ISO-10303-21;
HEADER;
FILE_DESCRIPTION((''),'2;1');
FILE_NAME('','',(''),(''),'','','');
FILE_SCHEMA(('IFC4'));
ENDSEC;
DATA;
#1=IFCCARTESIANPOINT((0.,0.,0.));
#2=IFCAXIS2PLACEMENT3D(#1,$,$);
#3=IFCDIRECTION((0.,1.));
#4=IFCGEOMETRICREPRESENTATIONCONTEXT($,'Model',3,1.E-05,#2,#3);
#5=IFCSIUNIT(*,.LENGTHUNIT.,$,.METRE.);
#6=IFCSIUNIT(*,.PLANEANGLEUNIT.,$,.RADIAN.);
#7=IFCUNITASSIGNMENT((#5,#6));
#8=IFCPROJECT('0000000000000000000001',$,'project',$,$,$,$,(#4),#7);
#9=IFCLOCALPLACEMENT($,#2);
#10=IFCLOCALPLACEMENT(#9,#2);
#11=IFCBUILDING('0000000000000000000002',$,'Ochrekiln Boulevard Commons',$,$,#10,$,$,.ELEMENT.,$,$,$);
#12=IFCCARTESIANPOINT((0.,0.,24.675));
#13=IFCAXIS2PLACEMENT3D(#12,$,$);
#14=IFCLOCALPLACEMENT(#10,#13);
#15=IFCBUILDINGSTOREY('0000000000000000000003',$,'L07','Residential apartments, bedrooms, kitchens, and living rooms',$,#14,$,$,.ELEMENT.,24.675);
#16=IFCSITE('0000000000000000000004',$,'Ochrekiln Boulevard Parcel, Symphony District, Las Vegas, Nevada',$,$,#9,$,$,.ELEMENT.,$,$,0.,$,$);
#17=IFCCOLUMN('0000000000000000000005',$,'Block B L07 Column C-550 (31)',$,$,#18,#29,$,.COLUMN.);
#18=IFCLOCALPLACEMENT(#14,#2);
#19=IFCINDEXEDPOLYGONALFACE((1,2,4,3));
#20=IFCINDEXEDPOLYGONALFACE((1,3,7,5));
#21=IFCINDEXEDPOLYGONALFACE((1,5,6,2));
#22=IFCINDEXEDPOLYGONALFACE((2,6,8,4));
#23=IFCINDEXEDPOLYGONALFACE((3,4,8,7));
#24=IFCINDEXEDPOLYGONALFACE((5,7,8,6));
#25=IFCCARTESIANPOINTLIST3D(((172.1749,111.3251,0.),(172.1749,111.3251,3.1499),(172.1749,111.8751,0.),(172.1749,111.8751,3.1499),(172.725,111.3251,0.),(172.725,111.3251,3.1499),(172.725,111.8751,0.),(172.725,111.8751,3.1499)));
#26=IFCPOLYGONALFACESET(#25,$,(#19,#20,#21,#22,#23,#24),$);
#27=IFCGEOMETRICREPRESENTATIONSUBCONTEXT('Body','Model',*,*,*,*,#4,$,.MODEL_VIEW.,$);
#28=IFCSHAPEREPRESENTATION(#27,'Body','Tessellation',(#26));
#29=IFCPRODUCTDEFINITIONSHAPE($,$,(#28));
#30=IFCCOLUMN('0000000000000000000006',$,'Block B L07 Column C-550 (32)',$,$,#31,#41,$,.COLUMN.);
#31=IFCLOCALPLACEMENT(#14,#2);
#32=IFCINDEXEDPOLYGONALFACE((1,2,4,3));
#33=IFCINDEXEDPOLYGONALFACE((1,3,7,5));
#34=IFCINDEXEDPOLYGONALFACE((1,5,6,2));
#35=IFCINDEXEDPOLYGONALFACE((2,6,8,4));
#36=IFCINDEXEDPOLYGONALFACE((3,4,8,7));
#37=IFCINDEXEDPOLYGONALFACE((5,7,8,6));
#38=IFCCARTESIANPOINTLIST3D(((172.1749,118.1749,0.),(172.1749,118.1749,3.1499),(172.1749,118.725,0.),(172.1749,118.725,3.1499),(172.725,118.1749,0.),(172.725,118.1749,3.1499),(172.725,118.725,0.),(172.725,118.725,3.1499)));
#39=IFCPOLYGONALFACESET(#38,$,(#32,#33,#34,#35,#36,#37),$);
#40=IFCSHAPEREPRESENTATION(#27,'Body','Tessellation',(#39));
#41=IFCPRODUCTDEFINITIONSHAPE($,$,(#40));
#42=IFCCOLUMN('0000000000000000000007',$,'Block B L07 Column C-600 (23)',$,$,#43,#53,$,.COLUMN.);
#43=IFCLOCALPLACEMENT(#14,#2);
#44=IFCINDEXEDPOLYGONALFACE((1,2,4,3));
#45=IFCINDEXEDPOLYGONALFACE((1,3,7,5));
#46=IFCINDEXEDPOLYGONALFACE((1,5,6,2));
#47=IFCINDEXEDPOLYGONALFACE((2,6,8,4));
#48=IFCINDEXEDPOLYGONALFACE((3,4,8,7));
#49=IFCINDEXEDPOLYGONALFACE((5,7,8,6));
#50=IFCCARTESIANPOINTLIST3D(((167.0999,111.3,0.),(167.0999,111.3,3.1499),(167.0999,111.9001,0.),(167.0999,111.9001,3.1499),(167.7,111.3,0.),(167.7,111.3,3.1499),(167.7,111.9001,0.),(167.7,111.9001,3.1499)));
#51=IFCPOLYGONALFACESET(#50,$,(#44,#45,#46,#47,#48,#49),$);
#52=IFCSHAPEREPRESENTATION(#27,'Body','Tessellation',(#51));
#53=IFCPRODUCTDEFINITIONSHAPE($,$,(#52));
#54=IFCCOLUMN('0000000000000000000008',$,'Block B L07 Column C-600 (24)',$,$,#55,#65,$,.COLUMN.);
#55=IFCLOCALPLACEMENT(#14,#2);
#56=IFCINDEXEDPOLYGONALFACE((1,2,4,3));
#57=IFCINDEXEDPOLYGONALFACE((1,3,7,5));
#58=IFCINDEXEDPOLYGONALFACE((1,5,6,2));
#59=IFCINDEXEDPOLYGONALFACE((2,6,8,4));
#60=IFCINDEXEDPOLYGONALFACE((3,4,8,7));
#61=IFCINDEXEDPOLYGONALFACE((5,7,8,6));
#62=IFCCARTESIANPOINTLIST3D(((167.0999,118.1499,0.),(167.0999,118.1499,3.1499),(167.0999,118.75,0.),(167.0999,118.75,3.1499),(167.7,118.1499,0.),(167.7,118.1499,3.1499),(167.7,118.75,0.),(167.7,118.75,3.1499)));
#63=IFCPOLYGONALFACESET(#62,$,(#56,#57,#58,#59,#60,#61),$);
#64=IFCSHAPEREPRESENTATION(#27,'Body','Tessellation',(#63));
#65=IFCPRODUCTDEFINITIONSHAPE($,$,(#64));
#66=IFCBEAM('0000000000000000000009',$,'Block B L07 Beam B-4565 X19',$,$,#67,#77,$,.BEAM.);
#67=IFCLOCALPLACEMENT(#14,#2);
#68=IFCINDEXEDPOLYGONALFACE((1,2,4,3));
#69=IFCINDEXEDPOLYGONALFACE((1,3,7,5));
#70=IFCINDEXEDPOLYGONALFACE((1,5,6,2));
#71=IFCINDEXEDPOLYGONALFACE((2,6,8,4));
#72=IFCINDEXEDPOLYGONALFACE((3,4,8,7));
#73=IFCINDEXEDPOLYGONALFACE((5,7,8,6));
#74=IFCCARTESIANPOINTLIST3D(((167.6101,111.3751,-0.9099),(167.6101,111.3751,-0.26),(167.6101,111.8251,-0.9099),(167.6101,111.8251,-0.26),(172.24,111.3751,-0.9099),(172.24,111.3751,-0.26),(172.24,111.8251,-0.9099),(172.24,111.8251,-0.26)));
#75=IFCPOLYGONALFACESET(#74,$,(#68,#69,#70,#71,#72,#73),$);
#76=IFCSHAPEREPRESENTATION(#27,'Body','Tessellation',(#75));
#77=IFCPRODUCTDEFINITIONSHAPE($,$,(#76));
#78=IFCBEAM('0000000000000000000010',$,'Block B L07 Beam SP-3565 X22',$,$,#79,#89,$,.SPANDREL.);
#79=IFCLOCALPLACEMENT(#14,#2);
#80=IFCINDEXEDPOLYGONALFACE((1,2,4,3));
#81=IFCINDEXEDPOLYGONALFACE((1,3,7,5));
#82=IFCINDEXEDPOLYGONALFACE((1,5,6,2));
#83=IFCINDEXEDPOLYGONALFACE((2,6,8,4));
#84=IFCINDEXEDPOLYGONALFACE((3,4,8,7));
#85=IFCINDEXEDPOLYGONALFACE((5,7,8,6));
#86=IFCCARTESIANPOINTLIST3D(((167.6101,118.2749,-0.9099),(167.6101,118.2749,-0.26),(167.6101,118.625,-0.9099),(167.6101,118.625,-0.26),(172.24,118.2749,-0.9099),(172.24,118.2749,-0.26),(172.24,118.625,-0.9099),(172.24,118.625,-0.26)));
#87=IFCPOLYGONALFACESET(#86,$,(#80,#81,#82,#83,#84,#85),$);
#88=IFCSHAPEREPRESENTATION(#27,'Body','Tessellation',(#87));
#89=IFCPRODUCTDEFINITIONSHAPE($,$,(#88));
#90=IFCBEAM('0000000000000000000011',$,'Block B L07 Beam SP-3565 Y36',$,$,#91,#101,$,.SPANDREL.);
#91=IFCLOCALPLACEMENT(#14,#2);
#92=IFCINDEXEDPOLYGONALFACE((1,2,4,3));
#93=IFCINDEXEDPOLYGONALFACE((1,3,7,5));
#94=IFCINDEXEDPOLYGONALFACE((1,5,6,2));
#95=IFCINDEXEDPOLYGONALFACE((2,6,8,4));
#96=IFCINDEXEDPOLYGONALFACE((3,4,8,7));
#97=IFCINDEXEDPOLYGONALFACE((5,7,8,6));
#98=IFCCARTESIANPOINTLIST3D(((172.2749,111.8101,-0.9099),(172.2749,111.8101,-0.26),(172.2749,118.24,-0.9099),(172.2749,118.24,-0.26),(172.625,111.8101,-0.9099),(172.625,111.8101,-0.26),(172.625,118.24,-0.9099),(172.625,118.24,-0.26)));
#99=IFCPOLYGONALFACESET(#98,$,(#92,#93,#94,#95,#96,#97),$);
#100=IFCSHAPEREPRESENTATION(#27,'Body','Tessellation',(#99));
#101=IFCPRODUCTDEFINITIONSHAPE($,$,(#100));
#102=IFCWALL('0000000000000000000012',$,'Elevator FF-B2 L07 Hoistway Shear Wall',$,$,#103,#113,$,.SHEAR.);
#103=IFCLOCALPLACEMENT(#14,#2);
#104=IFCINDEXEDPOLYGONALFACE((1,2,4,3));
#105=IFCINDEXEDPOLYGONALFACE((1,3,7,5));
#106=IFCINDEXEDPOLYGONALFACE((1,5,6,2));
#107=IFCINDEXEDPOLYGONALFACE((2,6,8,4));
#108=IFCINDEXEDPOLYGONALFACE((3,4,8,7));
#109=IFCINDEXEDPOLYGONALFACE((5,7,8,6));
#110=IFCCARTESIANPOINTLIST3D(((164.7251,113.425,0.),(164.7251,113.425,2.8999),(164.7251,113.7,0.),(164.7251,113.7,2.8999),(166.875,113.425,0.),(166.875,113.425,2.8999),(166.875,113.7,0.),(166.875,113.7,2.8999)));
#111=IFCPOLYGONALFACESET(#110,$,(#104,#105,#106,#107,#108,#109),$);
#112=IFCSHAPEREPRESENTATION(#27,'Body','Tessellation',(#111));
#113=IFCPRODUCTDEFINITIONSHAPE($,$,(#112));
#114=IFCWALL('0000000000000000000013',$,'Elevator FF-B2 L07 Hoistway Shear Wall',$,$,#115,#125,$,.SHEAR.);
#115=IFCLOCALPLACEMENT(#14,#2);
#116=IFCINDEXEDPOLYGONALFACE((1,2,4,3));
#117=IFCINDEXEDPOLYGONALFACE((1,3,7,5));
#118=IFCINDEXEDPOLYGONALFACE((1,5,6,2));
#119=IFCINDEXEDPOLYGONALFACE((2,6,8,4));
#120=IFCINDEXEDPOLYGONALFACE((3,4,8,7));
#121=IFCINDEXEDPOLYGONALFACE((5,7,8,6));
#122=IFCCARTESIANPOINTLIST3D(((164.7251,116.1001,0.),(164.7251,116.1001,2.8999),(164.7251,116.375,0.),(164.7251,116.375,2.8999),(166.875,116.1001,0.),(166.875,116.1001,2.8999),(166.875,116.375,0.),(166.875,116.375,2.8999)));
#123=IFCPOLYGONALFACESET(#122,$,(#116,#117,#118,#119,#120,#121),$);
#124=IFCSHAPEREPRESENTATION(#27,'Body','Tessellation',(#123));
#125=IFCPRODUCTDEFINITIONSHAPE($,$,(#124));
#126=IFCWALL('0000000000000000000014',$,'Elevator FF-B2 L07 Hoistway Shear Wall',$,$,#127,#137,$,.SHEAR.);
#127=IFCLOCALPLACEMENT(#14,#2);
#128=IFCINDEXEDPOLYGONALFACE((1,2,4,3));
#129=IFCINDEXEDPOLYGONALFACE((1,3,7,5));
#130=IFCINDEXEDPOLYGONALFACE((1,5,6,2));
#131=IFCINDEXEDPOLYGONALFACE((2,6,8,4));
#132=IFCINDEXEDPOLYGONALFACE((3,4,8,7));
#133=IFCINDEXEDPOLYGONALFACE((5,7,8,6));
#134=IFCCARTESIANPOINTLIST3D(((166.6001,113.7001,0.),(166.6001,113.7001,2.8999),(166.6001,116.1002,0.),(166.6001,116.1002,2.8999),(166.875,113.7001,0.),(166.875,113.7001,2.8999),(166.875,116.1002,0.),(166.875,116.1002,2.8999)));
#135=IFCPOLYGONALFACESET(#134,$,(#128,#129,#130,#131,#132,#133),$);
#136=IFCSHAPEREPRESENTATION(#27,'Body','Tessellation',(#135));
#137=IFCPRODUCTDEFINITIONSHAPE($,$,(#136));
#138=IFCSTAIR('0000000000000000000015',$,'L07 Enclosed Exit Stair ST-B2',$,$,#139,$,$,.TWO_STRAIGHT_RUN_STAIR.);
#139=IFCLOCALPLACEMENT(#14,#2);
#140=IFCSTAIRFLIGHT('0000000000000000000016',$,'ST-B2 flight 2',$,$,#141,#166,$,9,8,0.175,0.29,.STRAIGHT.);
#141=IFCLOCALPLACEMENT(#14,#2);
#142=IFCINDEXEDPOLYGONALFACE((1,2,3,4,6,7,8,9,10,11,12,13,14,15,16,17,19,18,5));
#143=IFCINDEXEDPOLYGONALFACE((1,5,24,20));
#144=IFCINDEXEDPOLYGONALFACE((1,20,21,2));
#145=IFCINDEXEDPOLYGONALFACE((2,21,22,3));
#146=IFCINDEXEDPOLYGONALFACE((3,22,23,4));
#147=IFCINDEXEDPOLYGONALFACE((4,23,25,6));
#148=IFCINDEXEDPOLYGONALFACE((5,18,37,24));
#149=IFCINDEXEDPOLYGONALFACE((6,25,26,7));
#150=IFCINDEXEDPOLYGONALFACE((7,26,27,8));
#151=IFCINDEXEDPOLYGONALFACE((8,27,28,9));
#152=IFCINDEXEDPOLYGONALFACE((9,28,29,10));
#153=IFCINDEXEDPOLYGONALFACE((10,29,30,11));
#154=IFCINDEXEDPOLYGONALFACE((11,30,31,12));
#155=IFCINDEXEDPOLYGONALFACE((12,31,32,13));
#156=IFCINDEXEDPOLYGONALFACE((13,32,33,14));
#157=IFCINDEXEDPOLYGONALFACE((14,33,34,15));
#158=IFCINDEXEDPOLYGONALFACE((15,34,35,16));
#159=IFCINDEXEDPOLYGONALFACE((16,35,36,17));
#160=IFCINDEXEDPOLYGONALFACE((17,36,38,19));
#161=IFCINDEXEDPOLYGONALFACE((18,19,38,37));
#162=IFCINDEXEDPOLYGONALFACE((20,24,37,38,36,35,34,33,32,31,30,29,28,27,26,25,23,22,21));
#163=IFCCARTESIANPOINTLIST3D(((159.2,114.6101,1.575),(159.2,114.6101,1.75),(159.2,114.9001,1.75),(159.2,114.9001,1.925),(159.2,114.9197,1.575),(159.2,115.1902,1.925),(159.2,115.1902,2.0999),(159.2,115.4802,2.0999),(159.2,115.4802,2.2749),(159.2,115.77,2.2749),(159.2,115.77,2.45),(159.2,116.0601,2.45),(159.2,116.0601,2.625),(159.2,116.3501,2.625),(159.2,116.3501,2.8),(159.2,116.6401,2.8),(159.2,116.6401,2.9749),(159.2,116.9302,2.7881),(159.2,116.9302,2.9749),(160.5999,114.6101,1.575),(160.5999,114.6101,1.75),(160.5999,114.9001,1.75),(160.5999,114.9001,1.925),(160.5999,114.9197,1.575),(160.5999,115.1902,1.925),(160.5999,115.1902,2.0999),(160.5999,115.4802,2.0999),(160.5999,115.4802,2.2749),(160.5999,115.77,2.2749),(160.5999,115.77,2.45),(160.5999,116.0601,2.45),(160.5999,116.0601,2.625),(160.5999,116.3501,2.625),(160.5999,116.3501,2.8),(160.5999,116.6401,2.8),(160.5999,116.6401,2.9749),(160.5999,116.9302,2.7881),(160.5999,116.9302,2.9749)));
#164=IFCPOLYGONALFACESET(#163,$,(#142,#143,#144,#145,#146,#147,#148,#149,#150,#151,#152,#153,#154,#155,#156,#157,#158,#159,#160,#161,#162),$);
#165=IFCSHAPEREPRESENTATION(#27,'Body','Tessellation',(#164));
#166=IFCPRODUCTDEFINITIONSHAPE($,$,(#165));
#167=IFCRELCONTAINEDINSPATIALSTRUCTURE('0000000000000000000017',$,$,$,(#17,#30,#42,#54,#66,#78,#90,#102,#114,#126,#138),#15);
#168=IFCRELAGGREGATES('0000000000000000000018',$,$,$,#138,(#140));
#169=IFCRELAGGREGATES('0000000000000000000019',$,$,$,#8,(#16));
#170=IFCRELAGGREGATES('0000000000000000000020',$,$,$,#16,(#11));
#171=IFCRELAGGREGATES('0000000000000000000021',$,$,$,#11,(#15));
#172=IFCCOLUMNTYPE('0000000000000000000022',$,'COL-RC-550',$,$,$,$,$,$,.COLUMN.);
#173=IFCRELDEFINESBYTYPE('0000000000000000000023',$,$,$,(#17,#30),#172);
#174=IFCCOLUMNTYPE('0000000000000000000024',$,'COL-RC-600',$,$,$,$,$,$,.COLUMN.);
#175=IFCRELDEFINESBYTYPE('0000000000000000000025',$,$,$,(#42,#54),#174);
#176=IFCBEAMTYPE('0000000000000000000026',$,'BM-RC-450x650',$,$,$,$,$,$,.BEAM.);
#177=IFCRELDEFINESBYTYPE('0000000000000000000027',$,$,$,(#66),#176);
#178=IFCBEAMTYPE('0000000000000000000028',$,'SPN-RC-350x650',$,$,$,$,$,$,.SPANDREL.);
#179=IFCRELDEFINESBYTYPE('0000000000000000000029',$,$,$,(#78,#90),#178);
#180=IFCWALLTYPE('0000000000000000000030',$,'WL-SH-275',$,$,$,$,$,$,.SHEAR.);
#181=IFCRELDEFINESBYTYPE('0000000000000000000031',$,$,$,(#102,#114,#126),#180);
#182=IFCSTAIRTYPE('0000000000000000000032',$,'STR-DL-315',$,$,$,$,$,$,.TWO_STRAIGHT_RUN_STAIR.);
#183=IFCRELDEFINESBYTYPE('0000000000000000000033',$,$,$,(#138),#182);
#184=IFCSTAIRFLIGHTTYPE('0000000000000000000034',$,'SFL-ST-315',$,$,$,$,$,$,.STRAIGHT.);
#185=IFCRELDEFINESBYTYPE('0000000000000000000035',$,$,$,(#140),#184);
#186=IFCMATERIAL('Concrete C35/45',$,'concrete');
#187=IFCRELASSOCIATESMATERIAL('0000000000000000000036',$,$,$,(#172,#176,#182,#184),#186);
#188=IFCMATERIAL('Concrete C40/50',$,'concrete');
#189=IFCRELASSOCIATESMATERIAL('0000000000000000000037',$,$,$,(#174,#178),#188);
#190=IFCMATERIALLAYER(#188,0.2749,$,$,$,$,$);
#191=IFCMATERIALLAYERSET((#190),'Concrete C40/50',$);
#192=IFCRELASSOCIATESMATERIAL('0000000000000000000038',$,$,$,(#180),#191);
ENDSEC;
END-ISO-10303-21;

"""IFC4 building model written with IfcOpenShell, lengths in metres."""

from ifc_helpers import new_model, si_unit, direction, frame, frame_2d, origin, origin_2d, place, context, subcontext, project, spatial, polyline, rectangle, outline, extrude, material, layer, layer_set, material_profile, profile_set, type_object, element, aggregate, save


model = new_model("IFC4")

# Units and contexts
model_context = context("Model", 3, precision=1e-05, world=origin(), true_north=direction((0.0, 1.0)))
body_context = subcontext(model_context, "Body", "Model", "MODEL_VIEW")
ifc_project = project(units=[si_unit("LENGTHUNIT", "METRE"), si_unit("PLANEANGLEUNIT", "RADIAN")], contexts=[model_context])

# Site, building, storey
site_placement = place(None, origin())
site = spatial("IfcSite", under=ifc_project, at=site_placement, Name="Ochrekiln Boulevard Parcel, Symphony District, Las Vegas, Nevada", CompositionType="ELEMENT", RefElevation=0.0)
building_placement = place(site_placement, origin())
building = spatial("IfcBuilding", under=site, at=building_placement, Name="Ochrekiln Boulevard Commons", CompositionType="ELEMENT")
storey_placement = place(building_placement, frame((0.0, 0.0, 24.675)))
storey = spatial("IfcBuildingStorey", under=building, at=storey_placement, Name="L07", Description="Residential apartments, bedrooms, kitchens, and living rooms", CompositionType="ELEMENT", Elevation=24.675)

# Columns
ifc_material_1 = material(Name="Concrete C35/45", Category="concrete")
ifc_material_profile_1 = material_profile(ifc_material_1, rectangle(XDim=0.55, YDim=0.55, at=origin_2d()), Name="RC-COL-550x550")
ifc_profile_set_1 = profile_set([ifc_material_profile_1], Name="Concrete C35/45")
column_type_1 = type_object("IfcColumnType", Name="COL-RC-550", PredefinedType="COLUMN", material=ifc_profile_set_1)
for number, where, z_axis, x_axis, name in (
    (1, (172.45, 111.6001, 0.0), (0.0, 0.0, 1.0), (1.0, 0.0, 0.0), "Block B L07 Column C-550 (31)"),
    (2, (172.45, 118.45, 0.0), (0.0, 0.0, 1.0), (1.0, 0.0, 0.0), "Block B L07 Column C-550 (32)"),
):
    element("IfcColumn", number, at=place(storey_placement, frame(where, z_axis=z_axis, x_axis=x_axis)), inside=storey, type_object=column_type_1, Name=name, PredefinedType="COLUMN", context=body_context, shape_type="SweptSolid", body=[
        extrude(rectangle(XDim=0.55, YDim=0.55, at=origin_2d()), origin(), (0.0, 0.0, 1.0), 3.1499),
    ])
ifc_material_2 = material(Name="Concrete C40/50", Category="concrete")
ifc_material_profile_2 = material_profile(ifc_material_2, rectangle(XDim=0.6001, YDim=0.6001, at=origin_2d()), Name="RC-COL-600x600")
ifc_profile_set_2 = profile_set([ifc_material_profile_2], Name="Concrete C40/50")
column_type_2 = type_object("IfcColumnType", Name="COL-RC-600", PredefinedType="COLUMN", material=ifc_profile_set_2)
for number, where, z_axis, x_axis, name in (
    (3, (167.3999, 111.6001, 0.0), (0.0, 0.0, 1.0), (1.0, 0.0, 0.0), "Block B L07 Column C-600 (23)"),
    (4, (167.3999, 118.45, 0.0), (0.0, 0.0, 1.0), (1.0, 0.0, 0.0), "Block B L07 Column C-600 (24)"),
):
    element("IfcColumn", number, at=place(storey_placement, frame(where, z_axis=z_axis, x_axis=x_axis)), inside=storey, type_object=column_type_2, Name=name, PredefinedType="COLUMN", context=body_context, shape_type="SweptSolid", body=[
        extrude(rectangle(XDim=0.6001, YDim=0.6001, at=origin_2d()), origin(), (0.0, 0.0, 1.0), 3.1499),
    ])

# Beams
ifc_material_profile_3 = material_profile(ifc_material_1, rectangle(XDim=0.45, YDim=0.6499, at=origin_2d()), Name="RC-BM-450x650")
ifc_profile_set_3 = profile_set([ifc_material_profile_3], Name="Concrete C35/45")
beam_type_1 = type_object("IfcBeamType", Name="BM-RC-450x650", PredefinedType="BEAM", material=ifc_profile_set_3)
beam_1_placement = place(storey_placement, frame((167.6101, 111.6001, -0.585), z_axis=(1.0, 0.0, 0.0), x_axis=(0.0, 1.0, 0.0)))
element("IfcBeam", 5, at=beam_1_placement, inside=storey, type_object=beam_type_1, Name="Block B L07 Beam B-4565 X19", PredefinedType="BEAM", context=body_context, shape_type="SweptSolid", body=[
    extrude(rectangle(XDim=0.45, YDim=0.6499, at=origin_2d()), origin(), (0.0, 0.0, 1.0), 4.6299),
])
ifc_material_profile_4 = material_profile(ifc_material_2, rectangle(XDim=0.3501, YDim=0.6499, at=origin_2d()), Name="RC-SPN-350x650")
ifc_profile_set_4 = profile_set([ifc_material_profile_4], Name="Concrete C40/50")
beam_type_2 = type_object("IfcBeamType", Name="SPN-RC-350x650", PredefinedType="SPANDREL", material=ifc_profile_set_4)
beam_2_placement = place(storey_placement, frame((167.6101, 118.45, -0.585), z_axis=(1.0, 0.0, 0.0), x_axis=(0.0, 1.0, 0.0)))
element("IfcBeam", 6, at=beam_2_placement, inside=storey, type_object=beam_type_2, Name="Block B L07 Beam SP-3565 X22", PredefinedType="SPANDREL", context=body_context, shape_type="SweptSolid", body=[
    extrude(rectangle(XDim=0.3501, YDim=0.6499, at=origin_2d()), origin(), (0.0, 0.0, 1.0), 4.6299),
])
beam_3_placement = place(storey_placement, frame((172.45, 111.8101, -0.585), z_axis=(0.0, 1.0, 0.0), x_axis=(-1.0, 0.0, 0.0)))
element("IfcBeam", 7, at=beam_3_placement, inside=storey, type_object=beam_type_2, Name="Block B L07 Beam SP-3565 Y36", PredefinedType="SPANDREL", context=body_context, shape_type="SweptSolid", body=[
    extrude(rectangle(XDim=0.3501, YDim=0.6499, at=origin_2d()), origin(), (0.0, 0.0, 1.0), 6.4299),
])

# Walls
ifc_layer_1 = layer(ifc_material_2, 0.2749)
ifc_layer_set_1 = layer_set([ifc_layer_1], Name="Concrete C40/50")
wall_type_1 = type_object("IfcWallType", Name="WL-SH-275", PredefinedType="SHEAR", material=ifc_layer_set_1)
for number, where, z_axis, x_axis, name in (
    (8, (164.7251, 113.5625, 0.0), (0.0, 0.0, 1.0), (1.0, 0.0, 0.0), "Elevator FF-B2 L07 Hoistway Shear Wall"),
    (9, (164.7251, 116.2375, 0.0), (0.0, 0.0, 1.0), (1.0, 0.0, 0.0), "Elevator FF-B2 L07 Hoistway Shear Wall"),
):
    element("IfcWall", number, at=place(storey_placement, frame(where, z_axis=z_axis, x_axis=x_axis)), inside=storey, type_object=wall_type_1, Name=name, PredefinedType="SHEAR", context=body_context, shape_type="SweptSolid", body=[
        extrude(rectangle(XDim=2.1499, YDim=0.2749, at=frame_2d((1.075, 0.0))), origin(), (0.0, 0.0, 1.0), 2.8999),
    ])

# Wall
wall_1_placement = place(storey_placement, frame((166.7375, 113.7, 0.0), z_axis=(0.0, 0.0, 1.0), x_axis=(0.0, 1.0, 0.0)))
element("IfcWall", 10, at=wall_1_placement, inside=storey, type_object=wall_type_1, Name="Elevator FF-B2 L07 Hoistway Shear Wall", PredefinedType="SHEAR", context=body_context, shape_type="SweptSolid", body=[
    extrude(rectangle(XDim=2.4001, YDim=0.2749, at=frame_2d((1.2002, 0.0))), origin(), (0.0, 0.0, 1.0), 2.8999),
])

# Stair, stair flight
stair_type = type_object("IfcStairType", Name="STR-DL-315", PredefinedType="TWO_STRAIGHT_RUN_STAIR", material=ifc_material_1)
stair_placement = place(storey_placement, origin())
stair = element("IfcStair", 11, at=stair_placement, inside=storey, type_object=stair_type, Name="L07 Enclosed Exit Stair ST-B2", PredefinedType="TWO_STRAIGHT_RUN_STAIR")
stair_flight_type = type_object("IfcStairFlightType", Name="SFL-ST-315", PredefinedType="STRAIGHT", material=ifc_material_1)
stair_flight_placement = place(storey_placement, frame((159.8999, 114.6101, 1.575), z_axis=(0.0, 0.0, 1.0), x_axis=(0.0, 1.0, 0.0)))
stair_flight = element("IfcStairFlight", 12, at=stair_flight_placement, type_object=stair_flight_type, Name="ST-B2 flight 2", NumberOfRisers=9, NumberOfTreads=8, PredefinedType="STRAIGHT", RiserHeight=0.175, TreadLength=0.29, context=body_context, shape_type="SweptSolid", body=[
    extrude(outline(polyline([(0.0, 0.0), (0.0, 0.175), (0.29, 0.175), (0.29, 0.3501), (0.5801, 0.3501), (0.5801, 0.5249), (0.8701, 0.5249), (0.8701, 0.7), (1.1599, 0.7), (1.1599, 0.875), (1.45, 0.875), (1.45, 1.05), (1.74, 1.05), (1.74, 1.2251), (2.03, 1.2251), (2.03, 1.3999), (2.3201, 1.3999), (2.3201, 1.575), (2.3201, 1.2131), (0.3096, 0.0), (0.0, 0.0)])), frame((0.0, 0.7, 0.0), z_axis=(0.0, -1.0, 0.0), x_axis=(1.0, 0.0, 0.0)), (0.0, 0.0, 1.0), 1.3999),
])
aggregate(stair, [stair_flight])

save(model, "model.ifc")
